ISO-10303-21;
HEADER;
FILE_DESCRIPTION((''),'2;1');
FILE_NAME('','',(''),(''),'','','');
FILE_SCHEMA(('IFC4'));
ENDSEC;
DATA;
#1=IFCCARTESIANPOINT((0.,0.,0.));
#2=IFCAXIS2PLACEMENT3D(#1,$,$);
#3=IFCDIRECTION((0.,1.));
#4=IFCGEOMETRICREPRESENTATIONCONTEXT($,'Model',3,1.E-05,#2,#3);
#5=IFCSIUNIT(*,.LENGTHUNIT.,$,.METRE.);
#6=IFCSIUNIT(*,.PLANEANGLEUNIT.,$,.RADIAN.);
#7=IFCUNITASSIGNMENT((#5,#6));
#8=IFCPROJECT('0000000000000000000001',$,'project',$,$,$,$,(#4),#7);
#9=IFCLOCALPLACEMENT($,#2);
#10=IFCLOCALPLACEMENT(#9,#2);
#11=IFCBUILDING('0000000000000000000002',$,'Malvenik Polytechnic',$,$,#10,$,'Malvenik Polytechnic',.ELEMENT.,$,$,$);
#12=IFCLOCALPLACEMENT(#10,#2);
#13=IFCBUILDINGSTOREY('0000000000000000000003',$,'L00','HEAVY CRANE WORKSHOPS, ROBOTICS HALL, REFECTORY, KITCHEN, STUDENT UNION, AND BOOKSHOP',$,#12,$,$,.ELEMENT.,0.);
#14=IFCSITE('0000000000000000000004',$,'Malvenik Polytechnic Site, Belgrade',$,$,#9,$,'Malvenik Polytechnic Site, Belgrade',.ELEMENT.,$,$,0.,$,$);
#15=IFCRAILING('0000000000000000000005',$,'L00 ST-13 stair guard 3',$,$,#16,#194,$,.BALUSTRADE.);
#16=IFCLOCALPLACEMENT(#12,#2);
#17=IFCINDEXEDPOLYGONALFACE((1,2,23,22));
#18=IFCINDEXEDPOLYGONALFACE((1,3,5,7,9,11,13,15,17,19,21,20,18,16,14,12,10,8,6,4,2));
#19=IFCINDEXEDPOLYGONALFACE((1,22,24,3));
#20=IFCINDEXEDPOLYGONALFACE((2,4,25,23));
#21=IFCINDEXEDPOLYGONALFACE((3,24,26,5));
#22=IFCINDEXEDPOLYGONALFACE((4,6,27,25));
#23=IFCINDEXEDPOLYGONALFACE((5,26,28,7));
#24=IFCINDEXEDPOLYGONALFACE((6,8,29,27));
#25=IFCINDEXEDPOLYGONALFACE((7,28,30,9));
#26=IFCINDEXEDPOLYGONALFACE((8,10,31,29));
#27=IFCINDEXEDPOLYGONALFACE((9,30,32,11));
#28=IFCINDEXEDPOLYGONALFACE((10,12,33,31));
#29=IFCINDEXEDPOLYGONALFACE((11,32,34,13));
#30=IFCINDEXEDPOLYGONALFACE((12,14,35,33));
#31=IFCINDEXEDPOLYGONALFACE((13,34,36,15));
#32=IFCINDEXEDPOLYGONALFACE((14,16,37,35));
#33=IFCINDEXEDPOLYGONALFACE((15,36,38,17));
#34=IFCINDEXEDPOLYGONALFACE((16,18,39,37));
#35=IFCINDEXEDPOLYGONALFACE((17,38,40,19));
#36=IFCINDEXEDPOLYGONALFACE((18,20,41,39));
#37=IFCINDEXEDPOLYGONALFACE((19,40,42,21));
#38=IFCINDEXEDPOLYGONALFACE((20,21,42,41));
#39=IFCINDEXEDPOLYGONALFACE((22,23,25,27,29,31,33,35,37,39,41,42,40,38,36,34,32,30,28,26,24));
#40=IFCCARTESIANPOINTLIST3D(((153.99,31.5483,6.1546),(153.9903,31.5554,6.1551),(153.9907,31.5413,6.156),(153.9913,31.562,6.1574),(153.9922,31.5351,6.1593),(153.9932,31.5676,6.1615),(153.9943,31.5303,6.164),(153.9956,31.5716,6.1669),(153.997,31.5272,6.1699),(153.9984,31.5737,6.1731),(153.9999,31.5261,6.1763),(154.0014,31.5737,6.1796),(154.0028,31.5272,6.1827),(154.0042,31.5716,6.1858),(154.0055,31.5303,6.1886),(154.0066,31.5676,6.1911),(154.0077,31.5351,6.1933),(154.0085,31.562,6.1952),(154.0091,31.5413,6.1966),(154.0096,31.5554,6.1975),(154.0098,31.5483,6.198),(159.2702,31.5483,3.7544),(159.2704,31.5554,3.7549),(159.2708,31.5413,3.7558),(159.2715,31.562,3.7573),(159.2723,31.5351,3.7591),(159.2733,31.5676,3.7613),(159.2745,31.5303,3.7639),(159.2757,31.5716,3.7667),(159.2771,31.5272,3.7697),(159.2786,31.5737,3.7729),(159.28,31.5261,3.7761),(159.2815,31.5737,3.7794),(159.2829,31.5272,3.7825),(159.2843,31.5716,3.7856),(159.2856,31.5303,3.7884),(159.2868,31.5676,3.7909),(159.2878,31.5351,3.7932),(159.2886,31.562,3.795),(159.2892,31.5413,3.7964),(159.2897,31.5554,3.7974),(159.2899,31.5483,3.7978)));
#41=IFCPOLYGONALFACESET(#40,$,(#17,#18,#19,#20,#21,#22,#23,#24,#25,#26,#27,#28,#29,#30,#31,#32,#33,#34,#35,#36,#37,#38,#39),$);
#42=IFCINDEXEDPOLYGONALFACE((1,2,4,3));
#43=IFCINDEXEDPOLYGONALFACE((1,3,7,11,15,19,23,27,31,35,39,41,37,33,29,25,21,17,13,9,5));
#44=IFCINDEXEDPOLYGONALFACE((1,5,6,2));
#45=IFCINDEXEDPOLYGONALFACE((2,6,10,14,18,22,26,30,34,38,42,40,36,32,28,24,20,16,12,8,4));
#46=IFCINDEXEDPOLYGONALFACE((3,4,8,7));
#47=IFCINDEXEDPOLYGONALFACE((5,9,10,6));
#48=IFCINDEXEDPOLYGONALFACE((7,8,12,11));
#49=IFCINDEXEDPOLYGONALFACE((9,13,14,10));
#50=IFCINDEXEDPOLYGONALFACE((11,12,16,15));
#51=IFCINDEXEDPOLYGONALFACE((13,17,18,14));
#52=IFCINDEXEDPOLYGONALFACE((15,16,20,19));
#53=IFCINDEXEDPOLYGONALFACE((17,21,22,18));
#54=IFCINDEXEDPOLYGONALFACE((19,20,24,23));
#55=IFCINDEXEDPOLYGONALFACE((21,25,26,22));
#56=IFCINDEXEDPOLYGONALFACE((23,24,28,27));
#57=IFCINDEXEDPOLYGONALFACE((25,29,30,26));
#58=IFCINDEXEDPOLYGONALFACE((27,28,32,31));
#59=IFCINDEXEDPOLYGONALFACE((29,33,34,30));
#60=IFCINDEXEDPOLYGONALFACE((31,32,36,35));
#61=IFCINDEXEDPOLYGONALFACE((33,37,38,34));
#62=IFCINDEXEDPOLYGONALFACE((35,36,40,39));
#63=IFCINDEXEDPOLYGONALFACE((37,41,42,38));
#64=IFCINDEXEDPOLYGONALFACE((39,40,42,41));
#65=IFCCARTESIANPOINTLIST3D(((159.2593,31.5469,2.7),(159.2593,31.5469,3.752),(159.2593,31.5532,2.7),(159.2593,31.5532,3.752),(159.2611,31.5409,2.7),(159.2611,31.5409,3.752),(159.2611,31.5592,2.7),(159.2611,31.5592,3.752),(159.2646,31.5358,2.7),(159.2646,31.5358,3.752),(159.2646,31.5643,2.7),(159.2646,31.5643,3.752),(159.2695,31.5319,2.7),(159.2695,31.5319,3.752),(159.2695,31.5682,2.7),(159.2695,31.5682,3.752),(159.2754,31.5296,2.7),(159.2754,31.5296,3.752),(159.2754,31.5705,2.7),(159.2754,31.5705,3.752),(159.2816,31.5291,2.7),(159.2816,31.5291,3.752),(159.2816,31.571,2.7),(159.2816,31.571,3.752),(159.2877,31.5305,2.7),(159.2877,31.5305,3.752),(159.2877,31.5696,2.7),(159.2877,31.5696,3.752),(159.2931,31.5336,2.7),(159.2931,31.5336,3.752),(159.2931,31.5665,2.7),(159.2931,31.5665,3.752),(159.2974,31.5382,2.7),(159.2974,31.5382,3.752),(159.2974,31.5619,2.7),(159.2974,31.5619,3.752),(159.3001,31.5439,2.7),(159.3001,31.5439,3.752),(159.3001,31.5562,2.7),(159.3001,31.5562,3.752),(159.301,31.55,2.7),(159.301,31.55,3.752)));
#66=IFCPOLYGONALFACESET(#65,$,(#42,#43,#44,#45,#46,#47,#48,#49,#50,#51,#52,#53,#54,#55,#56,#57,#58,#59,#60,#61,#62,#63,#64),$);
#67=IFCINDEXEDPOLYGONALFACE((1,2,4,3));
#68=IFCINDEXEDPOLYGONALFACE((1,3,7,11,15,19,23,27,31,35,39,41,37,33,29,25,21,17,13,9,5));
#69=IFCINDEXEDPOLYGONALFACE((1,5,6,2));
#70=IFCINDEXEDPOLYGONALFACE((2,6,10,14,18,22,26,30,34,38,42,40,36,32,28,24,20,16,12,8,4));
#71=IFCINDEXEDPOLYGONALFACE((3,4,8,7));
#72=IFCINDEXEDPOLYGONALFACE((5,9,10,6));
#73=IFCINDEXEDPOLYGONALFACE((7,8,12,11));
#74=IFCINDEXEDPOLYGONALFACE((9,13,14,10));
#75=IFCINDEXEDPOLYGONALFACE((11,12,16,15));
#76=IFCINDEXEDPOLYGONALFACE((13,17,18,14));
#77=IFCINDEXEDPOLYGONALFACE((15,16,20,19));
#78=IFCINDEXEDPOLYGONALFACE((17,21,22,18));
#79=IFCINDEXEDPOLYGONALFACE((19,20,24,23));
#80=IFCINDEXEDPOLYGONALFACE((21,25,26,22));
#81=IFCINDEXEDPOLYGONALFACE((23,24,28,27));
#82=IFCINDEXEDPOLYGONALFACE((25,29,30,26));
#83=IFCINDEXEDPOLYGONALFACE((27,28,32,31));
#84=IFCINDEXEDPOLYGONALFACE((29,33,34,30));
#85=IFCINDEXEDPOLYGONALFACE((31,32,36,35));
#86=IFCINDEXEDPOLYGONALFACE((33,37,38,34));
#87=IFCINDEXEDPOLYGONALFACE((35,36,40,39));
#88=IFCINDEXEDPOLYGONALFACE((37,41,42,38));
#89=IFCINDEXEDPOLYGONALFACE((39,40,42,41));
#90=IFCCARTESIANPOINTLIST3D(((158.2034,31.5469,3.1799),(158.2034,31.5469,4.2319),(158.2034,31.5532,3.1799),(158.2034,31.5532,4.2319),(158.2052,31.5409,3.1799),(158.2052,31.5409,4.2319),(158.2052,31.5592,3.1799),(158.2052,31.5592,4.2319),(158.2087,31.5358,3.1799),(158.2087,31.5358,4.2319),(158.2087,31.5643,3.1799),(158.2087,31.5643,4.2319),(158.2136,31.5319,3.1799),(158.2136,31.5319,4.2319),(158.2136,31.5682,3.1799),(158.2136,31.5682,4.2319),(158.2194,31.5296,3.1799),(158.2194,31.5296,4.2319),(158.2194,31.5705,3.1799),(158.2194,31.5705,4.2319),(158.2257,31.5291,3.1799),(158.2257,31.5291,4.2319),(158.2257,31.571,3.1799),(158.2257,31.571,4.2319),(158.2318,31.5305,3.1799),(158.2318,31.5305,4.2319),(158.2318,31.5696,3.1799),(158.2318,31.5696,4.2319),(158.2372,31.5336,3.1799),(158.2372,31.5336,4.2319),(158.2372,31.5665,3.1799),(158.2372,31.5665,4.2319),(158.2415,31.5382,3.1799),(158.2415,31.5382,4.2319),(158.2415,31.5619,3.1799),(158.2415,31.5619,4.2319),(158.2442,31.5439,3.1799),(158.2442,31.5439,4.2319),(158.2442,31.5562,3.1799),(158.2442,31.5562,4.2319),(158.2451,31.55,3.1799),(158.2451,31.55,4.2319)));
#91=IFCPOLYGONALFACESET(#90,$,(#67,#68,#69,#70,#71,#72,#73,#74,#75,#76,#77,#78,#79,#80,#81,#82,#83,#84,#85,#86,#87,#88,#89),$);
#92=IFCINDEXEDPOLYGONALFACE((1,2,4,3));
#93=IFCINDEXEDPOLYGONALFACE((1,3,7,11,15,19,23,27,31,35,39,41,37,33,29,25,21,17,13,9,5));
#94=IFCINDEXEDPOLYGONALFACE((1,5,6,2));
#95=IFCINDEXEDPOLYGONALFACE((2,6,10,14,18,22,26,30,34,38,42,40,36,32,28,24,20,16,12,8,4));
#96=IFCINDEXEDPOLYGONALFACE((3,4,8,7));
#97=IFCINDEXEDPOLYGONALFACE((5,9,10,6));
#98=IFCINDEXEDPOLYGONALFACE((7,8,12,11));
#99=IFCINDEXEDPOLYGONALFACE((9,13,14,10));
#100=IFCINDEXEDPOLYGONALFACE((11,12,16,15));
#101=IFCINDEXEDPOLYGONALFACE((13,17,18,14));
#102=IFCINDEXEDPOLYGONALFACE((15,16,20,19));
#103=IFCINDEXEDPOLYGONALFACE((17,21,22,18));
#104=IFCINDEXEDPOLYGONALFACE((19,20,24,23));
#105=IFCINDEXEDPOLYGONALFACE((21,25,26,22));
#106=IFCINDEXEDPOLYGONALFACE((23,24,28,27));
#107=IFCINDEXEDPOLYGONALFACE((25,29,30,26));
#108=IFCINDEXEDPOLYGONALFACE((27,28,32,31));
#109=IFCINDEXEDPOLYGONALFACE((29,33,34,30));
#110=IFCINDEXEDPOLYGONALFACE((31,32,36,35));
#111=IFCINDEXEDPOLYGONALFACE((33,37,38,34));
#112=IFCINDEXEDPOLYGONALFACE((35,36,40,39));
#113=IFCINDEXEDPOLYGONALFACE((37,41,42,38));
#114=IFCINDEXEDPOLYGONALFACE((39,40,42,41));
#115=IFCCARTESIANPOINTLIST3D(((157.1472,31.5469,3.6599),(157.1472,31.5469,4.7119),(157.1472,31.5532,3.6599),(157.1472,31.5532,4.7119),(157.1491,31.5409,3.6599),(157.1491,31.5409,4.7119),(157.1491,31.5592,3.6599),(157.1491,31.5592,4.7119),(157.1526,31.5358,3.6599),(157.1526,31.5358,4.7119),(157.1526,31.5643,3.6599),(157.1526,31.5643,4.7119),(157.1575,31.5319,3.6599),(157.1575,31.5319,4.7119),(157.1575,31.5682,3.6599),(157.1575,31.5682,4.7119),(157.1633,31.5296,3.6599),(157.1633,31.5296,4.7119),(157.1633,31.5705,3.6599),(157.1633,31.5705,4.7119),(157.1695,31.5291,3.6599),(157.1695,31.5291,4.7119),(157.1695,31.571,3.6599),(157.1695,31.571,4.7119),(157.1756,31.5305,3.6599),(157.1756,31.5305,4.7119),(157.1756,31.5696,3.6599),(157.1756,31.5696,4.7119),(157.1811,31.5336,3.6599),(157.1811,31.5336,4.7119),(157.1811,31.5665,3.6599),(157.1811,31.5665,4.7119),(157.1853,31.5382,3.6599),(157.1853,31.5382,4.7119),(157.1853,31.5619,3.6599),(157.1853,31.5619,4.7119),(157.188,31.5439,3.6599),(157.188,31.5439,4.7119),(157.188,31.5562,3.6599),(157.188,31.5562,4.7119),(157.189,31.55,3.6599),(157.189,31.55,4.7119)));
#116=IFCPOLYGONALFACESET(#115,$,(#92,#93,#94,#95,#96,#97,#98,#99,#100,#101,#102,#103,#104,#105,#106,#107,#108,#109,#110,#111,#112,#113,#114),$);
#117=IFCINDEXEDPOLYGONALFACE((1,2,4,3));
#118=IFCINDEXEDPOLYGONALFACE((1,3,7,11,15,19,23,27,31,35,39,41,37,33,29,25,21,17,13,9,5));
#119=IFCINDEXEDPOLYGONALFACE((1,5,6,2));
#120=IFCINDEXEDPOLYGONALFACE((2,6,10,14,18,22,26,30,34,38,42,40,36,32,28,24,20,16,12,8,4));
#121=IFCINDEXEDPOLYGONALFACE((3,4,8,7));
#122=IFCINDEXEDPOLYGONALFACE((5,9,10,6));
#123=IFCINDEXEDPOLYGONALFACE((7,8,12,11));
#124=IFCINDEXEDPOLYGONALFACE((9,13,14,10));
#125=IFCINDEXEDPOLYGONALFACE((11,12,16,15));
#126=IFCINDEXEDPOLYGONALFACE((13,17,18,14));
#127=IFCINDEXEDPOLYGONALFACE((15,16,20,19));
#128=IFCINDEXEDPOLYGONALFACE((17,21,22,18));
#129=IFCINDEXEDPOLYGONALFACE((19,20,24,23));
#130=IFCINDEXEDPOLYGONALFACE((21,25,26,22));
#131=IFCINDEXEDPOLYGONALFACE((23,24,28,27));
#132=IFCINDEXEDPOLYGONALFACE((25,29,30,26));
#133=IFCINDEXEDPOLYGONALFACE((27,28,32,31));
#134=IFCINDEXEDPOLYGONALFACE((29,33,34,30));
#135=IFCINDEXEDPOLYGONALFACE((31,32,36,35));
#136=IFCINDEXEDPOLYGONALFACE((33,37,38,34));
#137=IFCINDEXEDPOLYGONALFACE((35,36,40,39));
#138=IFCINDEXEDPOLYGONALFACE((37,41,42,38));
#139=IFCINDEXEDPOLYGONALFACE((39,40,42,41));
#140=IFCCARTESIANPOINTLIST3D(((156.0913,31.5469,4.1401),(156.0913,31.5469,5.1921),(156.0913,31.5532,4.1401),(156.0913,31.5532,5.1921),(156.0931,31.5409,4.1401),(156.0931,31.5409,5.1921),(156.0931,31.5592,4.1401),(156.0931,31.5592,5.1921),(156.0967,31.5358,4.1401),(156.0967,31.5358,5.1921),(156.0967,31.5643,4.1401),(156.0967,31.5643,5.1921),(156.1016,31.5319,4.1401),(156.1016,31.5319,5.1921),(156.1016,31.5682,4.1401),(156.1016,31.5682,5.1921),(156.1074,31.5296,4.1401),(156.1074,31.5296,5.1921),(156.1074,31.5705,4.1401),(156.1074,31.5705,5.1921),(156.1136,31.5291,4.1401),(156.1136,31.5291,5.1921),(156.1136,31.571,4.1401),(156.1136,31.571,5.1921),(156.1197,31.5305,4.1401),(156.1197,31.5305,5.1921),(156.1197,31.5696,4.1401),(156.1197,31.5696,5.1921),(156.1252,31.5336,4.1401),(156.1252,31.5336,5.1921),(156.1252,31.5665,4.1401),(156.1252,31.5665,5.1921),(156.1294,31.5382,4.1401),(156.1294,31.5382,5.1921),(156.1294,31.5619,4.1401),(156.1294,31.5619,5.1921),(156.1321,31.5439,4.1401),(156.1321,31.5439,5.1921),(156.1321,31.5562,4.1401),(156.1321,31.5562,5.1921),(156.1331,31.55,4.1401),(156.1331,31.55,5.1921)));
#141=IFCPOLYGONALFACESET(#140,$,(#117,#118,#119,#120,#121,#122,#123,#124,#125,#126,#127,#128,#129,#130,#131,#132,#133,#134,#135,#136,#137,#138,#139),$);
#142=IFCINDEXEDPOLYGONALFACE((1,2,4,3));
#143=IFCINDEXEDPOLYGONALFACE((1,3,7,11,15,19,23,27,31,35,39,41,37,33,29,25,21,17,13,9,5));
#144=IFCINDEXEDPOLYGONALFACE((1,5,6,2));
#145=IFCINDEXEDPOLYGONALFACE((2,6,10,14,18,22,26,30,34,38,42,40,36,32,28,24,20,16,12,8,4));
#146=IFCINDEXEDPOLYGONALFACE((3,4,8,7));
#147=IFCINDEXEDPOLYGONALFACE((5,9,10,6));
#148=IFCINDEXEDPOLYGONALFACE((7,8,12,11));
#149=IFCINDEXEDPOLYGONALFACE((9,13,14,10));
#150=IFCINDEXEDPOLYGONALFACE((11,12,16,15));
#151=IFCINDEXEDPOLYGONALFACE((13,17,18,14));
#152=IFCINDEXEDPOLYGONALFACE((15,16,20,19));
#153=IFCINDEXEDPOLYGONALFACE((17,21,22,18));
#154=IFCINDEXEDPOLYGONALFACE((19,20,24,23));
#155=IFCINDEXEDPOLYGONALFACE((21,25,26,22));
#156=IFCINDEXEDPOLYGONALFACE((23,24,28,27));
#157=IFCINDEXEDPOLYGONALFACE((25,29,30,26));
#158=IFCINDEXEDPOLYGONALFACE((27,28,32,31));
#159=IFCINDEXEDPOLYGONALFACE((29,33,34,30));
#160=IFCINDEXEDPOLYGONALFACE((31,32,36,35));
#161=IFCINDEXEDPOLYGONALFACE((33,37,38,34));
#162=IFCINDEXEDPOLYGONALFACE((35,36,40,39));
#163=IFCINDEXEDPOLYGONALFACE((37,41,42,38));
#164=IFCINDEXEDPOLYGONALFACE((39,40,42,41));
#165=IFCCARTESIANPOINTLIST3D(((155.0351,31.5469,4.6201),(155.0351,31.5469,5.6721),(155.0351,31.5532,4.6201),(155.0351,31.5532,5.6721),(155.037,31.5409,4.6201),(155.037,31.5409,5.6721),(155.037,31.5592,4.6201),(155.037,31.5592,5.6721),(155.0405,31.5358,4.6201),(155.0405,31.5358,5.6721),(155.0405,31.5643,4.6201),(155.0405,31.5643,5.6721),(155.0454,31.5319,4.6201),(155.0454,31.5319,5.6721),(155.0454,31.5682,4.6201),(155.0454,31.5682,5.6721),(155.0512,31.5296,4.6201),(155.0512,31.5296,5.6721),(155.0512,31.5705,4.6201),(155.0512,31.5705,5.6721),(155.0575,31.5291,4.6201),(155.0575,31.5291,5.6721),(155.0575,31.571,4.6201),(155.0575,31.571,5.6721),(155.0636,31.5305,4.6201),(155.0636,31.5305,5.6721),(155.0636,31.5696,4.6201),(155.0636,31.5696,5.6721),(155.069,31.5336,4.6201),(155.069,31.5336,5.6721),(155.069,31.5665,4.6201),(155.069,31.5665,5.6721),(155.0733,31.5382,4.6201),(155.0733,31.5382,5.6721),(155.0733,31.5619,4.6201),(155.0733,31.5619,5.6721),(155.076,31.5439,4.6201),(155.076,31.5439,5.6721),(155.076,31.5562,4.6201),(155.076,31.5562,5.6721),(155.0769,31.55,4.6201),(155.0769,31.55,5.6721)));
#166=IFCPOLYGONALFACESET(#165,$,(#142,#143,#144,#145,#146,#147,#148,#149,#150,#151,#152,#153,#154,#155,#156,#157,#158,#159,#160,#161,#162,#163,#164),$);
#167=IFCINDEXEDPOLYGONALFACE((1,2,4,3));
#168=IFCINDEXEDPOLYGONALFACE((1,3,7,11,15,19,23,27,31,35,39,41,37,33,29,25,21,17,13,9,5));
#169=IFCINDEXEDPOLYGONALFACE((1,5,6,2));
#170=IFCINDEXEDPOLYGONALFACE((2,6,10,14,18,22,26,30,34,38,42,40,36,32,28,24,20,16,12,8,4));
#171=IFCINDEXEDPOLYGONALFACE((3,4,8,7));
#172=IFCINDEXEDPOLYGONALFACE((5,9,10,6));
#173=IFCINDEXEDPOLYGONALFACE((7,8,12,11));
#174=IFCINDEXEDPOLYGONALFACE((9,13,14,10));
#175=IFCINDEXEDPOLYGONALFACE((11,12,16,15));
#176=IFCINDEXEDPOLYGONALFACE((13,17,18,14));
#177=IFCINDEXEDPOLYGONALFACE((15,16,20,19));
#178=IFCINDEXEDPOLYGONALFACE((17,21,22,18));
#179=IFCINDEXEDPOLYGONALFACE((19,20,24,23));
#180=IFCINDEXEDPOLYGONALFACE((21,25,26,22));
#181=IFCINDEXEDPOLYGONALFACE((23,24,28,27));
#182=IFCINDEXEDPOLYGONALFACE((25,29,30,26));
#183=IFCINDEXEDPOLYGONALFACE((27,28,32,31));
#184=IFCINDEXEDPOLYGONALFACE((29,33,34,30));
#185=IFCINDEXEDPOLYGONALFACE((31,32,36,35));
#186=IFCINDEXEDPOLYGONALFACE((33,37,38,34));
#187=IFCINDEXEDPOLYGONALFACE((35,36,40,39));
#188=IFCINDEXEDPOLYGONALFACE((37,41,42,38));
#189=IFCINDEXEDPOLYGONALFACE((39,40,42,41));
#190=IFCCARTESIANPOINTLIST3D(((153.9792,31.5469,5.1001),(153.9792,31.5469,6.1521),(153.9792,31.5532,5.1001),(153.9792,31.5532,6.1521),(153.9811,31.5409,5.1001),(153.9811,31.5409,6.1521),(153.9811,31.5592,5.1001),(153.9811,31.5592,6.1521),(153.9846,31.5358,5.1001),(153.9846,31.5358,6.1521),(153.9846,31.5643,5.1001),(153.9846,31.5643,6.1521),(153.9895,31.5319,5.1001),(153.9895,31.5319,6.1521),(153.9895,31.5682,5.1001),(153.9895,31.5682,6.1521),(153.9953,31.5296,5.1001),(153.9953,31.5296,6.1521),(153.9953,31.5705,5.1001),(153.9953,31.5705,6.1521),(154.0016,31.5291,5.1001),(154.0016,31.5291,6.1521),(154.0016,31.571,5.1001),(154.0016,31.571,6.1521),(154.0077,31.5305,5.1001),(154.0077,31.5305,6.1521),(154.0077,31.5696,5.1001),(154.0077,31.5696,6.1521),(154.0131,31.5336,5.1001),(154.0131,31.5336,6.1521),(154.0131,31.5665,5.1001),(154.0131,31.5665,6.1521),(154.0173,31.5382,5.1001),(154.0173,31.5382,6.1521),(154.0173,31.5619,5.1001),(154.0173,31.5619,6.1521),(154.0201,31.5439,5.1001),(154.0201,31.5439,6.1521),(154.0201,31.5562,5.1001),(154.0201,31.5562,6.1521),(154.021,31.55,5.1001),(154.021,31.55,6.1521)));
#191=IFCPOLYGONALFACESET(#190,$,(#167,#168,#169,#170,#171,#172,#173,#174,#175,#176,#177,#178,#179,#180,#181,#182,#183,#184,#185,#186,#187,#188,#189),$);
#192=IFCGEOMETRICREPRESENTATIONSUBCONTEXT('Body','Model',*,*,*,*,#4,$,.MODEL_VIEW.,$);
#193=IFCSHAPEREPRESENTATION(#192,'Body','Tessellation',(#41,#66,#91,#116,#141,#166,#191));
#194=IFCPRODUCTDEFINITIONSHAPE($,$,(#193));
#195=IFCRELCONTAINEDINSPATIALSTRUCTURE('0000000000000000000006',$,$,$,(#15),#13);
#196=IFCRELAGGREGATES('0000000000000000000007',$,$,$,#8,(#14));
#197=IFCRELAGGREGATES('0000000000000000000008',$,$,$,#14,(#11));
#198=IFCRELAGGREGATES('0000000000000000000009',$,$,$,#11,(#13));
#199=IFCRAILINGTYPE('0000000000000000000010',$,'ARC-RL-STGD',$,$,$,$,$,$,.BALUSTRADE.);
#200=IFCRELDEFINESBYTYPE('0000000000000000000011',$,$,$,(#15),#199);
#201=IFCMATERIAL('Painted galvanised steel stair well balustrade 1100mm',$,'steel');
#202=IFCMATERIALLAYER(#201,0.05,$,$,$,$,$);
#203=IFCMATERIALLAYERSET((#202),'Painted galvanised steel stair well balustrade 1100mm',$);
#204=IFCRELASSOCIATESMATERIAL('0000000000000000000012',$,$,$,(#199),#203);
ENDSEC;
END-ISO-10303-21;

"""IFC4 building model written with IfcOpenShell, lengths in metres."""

from ifc_helpers import new_model, si_unit, direction, frame, origin, origin_2d, place, context, subcontext, project, spatial, circle, extrude, material, layer, layer_set, type_object, element, save


model = new_model("IFC4")

# Units and contexts
model_context = context("Model", 3, precision=1e-05, world=origin(), true_north=direction((0.0, 1.0)))
body_context = subcontext(model_context, "Body", "Model", "MODEL_VIEW")
ifc_project = project(units=[si_unit("LENGTHUNIT", "METRE"), si_unit("PLANEANGLEUNIT", "RADIAN")], contexts=[model_context])

# Site, building, storey
site_placement = place(None, origin())
site = spatial("IfcSite", under=ifc_project, at=site_placement, Name="Malvenik Polytechnic Site, Belgrade", LongName="Malvenik Polytechnic Site, Belgrade", CompositionType="ELEMENT", RefElevation=0.0)
building_placement = place(site_placement, origin())
building = spatial("IfcBuilding", under=site, at=building_placement, Name="Malvenik Polytechnic", LongName="Malvenik Polytechnic", CompositionType="ELEMENT")
storey_placement = place(building_placement, origin())
storey = spatial("IfcBuildingStorey", under=building, at=storey_placement, Name="L00", Description="HEAVY CRANE WORKSHOPS, ROBOTICS HALL, REFECTORY, KITCHEN, STUDENT UNION, AND BOOKSHOP", CompositionType="ELEMENT", Elevation=0.0)

# Railing
ifc_material_1 = material(Name="Painted galvanised steel stair well balustrade 1100mm", Category="steel")
ifc_layer_1 = layer(ifc_material_1, 0.05)
ifc_layer_set_1 = layer_set([ifc_layer_1], Name="Painted galvanised steel stair well balustrade 1100mm")
railing_type_1 = type_object("IfcRailingType", Name="ARC-RL-STGD", PredefinedType="BALUSTRADE", material=ifc_layer_set_1)
railing_1_placement = place(storey_placement, frame((159.28, 31.55, 2.7)))
element("IfcRailing", 1, at=railing_1_placement, inside=storey, type_object=railing_type_1, Name="L00 ST-13 stair guard 3", PredefinedType="BALUSTRADE", context=body_context, shape_type="SweptSolid", body=[
    extrude(circle(Radius=0.0239, at=origin_2d()), frame((0.0, 0.0, 1.0762), z_axis=(-0.910358, 0.0, 0.413822), x_axis=(0.0, -1.0, 0.0)), (0.0, 0.0, 1.0), 5.8),
    extrude(circle(Radius=0.021, at=origin_2d()), origin(), (0.0, 0.0, 1.0), 1.052),
    extrude(circle(Radius=0.021, at=origin_2d()), frame((-1.0559, 0.0, 0.48)), (0.0, 0.0, 1.0), 1.052),
    extrude(circle(Radius=0.021, at=origin_2d()), frame((-2.1121, 0.0, 0.96)), (0.0, 0.0, 1.0), 1.052),
    extrude(circle(Radius=0.021, at=origin_2d()), frame((-3.168, 0.0, 1.4402)), (0.0, 0.0, 1.0), 1.052),
    extrude(circle(Radius=0.021, at=origin_2d()), frame((-4.2241, 0.0, 1.9202)), (0.0, 0.0, 1.0), 1.052),
    extrude(circle(Radius=0.021, at=origin_2d()), frame((-5.28, 0.0, 2.4001)), (0.0, 0.0, 1.0), 1.052),
])

save(model, "model.ifc")
